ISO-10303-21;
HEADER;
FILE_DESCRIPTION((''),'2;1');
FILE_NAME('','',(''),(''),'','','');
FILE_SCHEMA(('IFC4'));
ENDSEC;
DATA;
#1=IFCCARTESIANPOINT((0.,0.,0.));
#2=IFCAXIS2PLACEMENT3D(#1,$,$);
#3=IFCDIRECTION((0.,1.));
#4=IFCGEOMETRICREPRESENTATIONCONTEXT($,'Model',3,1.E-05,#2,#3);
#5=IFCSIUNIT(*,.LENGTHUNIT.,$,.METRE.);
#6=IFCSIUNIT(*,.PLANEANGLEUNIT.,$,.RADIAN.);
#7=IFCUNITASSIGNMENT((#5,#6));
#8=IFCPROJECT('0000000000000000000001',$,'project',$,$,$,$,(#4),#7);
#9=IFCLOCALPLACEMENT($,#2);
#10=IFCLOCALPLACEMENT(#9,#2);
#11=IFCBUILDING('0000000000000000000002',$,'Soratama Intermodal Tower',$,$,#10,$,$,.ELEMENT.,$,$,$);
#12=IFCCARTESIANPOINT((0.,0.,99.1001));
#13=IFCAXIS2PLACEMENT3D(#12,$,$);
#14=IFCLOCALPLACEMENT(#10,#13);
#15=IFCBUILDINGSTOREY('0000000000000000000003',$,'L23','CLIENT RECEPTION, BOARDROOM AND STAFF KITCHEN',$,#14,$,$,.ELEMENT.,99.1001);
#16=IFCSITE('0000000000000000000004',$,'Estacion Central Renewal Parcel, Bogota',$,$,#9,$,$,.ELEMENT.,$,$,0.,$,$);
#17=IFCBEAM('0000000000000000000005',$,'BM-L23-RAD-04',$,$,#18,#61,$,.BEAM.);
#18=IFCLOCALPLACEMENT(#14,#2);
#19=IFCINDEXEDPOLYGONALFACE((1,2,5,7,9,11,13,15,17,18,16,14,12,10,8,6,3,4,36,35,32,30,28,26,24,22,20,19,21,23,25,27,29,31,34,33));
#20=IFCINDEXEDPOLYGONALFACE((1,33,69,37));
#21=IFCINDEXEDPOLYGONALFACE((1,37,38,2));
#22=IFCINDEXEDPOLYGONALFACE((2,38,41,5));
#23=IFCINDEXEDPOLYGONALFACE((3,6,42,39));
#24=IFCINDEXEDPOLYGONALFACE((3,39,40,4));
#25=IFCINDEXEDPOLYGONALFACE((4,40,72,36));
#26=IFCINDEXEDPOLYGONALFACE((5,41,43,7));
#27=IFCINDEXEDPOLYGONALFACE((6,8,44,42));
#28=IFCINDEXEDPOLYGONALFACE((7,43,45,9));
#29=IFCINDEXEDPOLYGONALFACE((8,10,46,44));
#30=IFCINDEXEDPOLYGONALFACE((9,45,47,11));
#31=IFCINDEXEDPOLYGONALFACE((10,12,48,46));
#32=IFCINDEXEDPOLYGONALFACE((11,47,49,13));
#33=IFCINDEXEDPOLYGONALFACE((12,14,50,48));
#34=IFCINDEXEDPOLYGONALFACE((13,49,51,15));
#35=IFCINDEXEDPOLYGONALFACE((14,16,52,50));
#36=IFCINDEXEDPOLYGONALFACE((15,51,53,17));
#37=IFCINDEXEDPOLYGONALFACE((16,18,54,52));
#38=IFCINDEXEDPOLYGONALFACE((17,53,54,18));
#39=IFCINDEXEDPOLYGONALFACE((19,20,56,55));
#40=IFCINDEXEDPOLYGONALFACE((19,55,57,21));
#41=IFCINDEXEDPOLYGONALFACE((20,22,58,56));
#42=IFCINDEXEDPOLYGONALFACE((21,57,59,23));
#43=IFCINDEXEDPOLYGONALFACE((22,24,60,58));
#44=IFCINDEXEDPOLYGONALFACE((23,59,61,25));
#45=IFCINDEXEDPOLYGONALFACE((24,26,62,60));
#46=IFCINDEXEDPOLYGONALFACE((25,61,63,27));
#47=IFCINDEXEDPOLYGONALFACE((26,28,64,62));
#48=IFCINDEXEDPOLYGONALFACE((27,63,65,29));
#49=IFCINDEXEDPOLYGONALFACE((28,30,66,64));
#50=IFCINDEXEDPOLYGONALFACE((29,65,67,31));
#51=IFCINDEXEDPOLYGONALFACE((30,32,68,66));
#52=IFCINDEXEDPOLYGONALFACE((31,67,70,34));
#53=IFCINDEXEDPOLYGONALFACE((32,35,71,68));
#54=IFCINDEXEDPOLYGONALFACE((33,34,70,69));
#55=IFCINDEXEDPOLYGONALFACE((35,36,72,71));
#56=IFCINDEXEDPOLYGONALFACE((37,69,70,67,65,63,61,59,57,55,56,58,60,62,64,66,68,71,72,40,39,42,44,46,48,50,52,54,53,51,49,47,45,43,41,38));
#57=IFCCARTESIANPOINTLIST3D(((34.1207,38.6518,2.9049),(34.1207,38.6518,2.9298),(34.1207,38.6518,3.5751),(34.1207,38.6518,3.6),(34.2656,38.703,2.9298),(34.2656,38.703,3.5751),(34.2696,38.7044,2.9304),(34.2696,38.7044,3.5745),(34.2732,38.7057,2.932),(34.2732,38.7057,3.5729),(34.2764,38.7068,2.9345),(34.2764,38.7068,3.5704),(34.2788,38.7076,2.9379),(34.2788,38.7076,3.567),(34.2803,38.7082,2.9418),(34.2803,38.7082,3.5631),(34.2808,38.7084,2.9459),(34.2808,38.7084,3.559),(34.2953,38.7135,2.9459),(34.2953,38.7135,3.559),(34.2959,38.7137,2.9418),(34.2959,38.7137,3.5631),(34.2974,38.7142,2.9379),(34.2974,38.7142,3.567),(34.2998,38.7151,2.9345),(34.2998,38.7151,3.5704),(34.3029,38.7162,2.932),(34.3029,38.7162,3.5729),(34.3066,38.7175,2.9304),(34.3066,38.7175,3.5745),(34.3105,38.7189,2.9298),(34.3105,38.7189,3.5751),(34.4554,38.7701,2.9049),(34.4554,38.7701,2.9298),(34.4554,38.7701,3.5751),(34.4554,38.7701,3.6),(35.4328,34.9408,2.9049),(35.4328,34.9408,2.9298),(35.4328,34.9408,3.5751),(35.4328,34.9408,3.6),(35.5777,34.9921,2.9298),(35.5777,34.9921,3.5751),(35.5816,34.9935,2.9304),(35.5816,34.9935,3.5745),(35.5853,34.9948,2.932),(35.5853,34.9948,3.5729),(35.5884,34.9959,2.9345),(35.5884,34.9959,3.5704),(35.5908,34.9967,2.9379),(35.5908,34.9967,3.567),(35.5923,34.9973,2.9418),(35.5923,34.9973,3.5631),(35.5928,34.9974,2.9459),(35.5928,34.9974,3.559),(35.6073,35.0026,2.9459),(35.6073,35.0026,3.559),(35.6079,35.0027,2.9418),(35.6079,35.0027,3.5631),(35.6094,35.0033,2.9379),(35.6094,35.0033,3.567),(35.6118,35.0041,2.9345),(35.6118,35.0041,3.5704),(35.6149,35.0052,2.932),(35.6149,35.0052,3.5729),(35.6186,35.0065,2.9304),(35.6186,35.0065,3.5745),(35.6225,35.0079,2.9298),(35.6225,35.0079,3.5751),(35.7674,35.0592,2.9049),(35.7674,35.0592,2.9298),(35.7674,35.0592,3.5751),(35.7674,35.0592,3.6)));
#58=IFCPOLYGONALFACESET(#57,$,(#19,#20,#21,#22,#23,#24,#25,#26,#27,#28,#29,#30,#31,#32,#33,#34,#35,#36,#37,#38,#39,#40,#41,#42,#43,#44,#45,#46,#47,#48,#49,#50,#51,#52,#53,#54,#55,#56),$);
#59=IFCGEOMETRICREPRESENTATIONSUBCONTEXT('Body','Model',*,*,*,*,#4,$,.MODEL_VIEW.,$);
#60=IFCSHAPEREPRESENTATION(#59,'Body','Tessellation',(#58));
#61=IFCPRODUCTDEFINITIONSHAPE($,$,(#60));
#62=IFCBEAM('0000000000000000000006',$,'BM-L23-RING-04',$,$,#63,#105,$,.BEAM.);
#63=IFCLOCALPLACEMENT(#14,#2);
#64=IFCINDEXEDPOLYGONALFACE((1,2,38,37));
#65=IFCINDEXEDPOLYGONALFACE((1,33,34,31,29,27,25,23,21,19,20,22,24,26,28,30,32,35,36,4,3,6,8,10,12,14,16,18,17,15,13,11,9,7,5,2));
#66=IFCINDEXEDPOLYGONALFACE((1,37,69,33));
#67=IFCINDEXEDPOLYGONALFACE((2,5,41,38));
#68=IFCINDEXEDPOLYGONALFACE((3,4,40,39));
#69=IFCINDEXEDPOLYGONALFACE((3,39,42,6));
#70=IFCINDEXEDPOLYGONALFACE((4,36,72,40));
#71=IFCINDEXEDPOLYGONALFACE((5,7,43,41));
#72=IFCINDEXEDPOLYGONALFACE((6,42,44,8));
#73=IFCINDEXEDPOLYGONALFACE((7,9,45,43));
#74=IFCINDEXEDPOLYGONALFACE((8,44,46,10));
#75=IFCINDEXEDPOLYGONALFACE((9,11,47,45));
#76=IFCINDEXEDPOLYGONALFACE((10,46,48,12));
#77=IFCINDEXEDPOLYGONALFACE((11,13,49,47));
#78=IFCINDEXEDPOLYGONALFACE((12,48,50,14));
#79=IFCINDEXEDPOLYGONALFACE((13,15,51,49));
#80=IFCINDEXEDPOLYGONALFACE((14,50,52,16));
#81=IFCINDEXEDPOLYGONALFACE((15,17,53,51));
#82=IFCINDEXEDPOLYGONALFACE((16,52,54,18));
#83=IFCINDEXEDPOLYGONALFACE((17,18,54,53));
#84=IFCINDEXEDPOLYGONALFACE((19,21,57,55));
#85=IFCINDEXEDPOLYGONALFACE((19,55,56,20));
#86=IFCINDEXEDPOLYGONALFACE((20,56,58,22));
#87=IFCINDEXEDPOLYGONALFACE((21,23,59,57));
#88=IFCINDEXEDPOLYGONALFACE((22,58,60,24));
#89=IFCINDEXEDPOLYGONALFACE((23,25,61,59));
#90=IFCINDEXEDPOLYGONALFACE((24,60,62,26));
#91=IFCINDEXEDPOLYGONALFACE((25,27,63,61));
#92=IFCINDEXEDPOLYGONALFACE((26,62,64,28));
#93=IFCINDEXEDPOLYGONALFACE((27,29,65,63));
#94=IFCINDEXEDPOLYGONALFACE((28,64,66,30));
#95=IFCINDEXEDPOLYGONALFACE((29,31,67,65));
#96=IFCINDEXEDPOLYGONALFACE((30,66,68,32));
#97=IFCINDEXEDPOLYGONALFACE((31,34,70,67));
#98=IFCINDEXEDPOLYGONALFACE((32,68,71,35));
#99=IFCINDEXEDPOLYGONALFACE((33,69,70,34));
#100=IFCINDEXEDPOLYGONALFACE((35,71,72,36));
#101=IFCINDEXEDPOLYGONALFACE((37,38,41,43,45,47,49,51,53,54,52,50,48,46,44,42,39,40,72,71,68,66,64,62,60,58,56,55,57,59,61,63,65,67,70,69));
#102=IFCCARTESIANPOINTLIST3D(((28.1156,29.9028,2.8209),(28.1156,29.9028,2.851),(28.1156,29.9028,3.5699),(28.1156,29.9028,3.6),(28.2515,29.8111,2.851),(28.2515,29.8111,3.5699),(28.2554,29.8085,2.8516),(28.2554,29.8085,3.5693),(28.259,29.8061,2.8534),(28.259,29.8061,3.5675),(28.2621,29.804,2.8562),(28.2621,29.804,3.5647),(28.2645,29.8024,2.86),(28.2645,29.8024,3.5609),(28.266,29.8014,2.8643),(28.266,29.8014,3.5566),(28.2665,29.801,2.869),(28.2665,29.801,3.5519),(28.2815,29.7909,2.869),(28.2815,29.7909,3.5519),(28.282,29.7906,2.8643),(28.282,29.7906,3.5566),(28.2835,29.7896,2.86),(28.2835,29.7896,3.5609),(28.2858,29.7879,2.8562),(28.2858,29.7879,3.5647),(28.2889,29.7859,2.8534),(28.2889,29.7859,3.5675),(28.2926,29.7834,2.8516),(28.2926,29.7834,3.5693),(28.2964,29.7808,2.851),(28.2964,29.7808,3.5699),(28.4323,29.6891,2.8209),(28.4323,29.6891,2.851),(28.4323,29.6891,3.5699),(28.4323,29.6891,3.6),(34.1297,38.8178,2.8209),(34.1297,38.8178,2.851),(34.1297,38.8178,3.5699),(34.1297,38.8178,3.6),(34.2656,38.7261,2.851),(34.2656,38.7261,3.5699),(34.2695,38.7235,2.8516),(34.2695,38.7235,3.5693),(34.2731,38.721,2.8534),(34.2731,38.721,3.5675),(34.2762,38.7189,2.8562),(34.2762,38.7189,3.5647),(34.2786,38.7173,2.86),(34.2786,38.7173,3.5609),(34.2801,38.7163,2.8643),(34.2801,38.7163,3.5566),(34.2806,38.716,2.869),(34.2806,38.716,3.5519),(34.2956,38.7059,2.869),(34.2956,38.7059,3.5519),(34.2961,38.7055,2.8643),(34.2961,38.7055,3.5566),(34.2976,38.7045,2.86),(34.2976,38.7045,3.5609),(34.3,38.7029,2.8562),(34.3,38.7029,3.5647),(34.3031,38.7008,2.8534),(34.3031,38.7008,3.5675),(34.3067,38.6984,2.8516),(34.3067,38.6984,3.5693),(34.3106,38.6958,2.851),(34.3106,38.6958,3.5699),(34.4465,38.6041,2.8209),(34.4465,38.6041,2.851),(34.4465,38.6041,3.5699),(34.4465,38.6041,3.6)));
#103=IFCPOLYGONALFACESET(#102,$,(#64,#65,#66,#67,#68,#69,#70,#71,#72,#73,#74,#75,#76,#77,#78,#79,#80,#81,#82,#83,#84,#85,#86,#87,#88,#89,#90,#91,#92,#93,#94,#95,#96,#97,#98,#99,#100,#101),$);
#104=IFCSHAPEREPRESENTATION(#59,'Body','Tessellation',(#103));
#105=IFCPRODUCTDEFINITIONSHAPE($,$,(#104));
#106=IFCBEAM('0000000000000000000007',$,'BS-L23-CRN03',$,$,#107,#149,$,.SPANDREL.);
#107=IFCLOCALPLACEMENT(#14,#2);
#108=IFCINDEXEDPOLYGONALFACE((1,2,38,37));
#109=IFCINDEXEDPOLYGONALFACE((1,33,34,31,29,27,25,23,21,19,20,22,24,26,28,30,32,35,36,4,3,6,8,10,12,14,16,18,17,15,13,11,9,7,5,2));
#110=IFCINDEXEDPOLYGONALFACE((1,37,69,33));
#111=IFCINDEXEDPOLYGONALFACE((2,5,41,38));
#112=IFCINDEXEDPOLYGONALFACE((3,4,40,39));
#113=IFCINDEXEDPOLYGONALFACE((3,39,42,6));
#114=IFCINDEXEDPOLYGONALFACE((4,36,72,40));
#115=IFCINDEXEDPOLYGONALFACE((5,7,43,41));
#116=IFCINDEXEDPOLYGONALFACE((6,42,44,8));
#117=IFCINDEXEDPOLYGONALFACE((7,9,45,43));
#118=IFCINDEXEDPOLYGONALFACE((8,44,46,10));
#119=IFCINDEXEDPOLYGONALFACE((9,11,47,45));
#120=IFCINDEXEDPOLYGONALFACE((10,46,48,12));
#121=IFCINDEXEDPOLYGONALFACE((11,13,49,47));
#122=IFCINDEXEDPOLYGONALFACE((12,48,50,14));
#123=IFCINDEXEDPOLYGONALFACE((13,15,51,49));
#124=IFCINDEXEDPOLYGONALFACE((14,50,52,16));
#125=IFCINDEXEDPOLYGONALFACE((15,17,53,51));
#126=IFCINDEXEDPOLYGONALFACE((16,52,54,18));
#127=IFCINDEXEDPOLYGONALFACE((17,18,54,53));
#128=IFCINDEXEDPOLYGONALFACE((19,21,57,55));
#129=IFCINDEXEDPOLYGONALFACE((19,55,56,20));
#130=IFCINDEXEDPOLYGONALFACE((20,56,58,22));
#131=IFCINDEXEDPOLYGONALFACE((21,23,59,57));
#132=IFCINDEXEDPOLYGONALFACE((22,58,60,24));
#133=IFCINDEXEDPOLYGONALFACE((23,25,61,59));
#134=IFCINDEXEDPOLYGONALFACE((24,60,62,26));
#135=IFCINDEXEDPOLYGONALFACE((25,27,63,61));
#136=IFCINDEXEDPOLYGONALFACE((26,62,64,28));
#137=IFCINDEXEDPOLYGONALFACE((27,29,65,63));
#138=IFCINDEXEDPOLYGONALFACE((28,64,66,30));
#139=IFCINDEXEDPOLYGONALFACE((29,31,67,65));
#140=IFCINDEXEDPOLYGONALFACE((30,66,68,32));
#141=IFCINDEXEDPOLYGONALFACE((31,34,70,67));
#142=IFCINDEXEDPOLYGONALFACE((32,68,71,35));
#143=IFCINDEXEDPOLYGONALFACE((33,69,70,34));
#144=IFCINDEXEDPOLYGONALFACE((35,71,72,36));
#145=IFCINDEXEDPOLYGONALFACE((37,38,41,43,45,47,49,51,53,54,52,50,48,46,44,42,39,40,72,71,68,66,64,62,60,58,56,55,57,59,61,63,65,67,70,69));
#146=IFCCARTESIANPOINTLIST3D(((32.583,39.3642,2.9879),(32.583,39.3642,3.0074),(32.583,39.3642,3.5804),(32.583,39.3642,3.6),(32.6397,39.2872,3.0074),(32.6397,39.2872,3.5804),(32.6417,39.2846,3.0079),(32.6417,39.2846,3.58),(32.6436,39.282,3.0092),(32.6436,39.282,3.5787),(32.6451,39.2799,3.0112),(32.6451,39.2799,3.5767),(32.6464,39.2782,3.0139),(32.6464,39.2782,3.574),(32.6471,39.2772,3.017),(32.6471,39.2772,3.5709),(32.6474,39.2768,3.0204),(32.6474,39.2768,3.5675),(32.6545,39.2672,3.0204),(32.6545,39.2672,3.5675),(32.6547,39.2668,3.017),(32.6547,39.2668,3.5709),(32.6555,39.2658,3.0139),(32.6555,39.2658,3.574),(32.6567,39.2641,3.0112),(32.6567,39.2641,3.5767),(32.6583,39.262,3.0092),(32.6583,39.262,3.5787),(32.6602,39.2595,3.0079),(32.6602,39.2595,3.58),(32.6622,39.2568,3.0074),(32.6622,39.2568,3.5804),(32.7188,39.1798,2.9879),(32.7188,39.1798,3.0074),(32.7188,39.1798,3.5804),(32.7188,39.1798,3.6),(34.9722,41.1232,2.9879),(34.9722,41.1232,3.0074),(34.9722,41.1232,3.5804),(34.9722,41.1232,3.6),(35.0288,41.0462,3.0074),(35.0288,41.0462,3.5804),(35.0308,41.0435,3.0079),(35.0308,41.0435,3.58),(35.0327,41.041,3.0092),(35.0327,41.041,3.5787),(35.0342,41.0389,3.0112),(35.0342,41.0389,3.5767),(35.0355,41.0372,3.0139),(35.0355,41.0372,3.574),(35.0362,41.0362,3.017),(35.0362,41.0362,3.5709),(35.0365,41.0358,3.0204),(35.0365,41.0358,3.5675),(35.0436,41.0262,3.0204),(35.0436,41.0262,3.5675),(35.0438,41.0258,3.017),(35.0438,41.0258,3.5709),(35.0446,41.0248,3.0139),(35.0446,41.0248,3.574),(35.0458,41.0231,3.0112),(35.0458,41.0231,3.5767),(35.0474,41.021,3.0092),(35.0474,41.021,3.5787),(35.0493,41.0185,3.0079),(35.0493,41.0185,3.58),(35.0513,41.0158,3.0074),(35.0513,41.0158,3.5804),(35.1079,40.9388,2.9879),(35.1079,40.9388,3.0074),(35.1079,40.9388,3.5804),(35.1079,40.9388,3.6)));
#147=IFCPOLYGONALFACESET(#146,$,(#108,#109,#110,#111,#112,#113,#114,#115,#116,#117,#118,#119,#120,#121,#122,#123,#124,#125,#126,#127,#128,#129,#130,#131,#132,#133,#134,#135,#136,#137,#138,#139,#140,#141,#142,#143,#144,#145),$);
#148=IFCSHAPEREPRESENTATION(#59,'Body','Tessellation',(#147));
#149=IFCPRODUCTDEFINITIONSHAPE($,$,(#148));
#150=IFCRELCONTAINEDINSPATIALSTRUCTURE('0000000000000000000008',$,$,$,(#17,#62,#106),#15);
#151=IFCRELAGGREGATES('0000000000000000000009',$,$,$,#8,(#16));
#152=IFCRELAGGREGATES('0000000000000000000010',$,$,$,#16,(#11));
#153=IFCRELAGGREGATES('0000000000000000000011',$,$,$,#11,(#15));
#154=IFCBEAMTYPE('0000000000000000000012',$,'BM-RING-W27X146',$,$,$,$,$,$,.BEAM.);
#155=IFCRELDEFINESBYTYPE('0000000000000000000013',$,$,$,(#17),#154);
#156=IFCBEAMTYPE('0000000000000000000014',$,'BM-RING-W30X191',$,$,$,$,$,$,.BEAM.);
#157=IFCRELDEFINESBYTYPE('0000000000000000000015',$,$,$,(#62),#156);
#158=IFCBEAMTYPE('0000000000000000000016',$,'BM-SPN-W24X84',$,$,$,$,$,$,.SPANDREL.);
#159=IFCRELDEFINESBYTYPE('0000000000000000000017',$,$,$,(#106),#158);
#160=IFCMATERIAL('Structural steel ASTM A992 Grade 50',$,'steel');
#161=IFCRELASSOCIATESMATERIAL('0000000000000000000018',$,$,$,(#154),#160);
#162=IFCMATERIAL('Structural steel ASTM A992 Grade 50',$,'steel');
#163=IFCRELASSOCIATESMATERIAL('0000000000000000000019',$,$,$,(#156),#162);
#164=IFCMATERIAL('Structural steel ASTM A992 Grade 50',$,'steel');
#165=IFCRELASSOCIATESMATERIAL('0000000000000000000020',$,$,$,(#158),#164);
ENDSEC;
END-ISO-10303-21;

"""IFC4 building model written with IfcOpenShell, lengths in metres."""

from ifc_helpers import new_model, si_unit, direction, frame, origin, origin_2d, place, context, subcontext, project, spatial, i_section, extrude, material, material_profile, profile_set, type_object, element, save


model = new_model("IFC4")

# Units and contexts
model_context = context("Model", 3, precision=1e-05, world=origin(), true_north=direction((0.0, 1.0)))
body_context = subcontext(model_context, "Body", "Model", "MODEL_VIEW")
ifc_project = project(units=[si_unit("LENGTHUNIT", "METRE"), si_unit("PLANEANGLEUNIT", "RADIAN")], contexts=[model_context])

# Site, building, storey
site_placement = place(None, origin())
site = spatial("IfcSite", under=ifc_project, at=site_placement, Name="Estacion Central Renewal Parcel, Bogota", CompositionType="ELEMENT", RefElevation=0.0)
building_placement = place(site_placement, origin())
building = spatial("IfcBuilding", under=site, at=building_placement, Name="Soratama Intermodal Tower", CompositionType="ELEMENT")
storey_placement = place(building_placement, frame((0.0, 0.0, 99.1001)))
storey = spatial("IfcBuildingStorey", under=building, at=storey_placement, Name="L23", Description="CLIENT RECEPTION, BOARDROOM AND STAFF KITCHEN", CompositionType="ELEMENT", Elevation=99.1001)

# Beams
ifc_material_1 = material(Name="Structural steel ASTM A992 Grade 50", Category="steel")
ifc_material_profile_1 = material_profile(ifc_material_1, i_section(OverallWidth=0.355, OverallDepth=0.6951, WebThickness=0.0154, FlangeThickness=0.0249, FilletRadius=0.0161, at=origin_2d()), Name="W27X146")
ifc_profile_set_1 = profile_set([ifc_material_profile_1], Name="Structural steel ASTM A992 Grade 50")
beam_type_1 = type_object("IfcBeamType", Name="BM-RING-W27X146", PredefinedType="BEAM", material=ifc_profile_set_1)
beam_1_placement = place(storey_placement, frame((35.6001, 35.0, 3.2524), z_axis=(-0.333333, 0.942809, 0.0), x_axis=(-0.942809, -0.333333, 0.0)))
element("IfcBeam", 1, at=beam_1_placement, inside=storey, type_object=beam_type_1, Name="BM-L23-RAD-04", PredefinedType="BEAM", context=body_context, shape_type="SweptSolid", body=[
    extrude(i_section(OverallWidth=0.355, OverallDepth=0.6951, WebThickness=0.0154, FlangeThickness=0.0249, FilletRadius=0.0161, at=origin_2d()), origin(), (0.0, 0.0, 1.0), 3.936),
])
ifc_material_2 = material(Name="Structural steel ASTM A992 Grade 50", Category="steel")
ifc_material_profile_2 = material_profile(ifc_material_2, i_section(OverallWidth=0.3821, OverallDepth=0.7791, WebThickness=0.0181, FlangeThickness=0.03, FilletRadius=0.0181, at=origin_2d()), Name="W30X191")
ifc_profile_set_2 = profile_set([ifc_material_profile_2], Name="Structural steel ASTM A992 Grade 50")
beam_type_2 = type_object("IfcBeamType", Name="BM-RING-W30X191", PredefinedType="BEAM", material=ifc_profile_set_2)
beam_2_placement = place(storey_placement, frame((34.2881, 38.7109, 3.2104), z_axis=(-0.55925, -0.828999, 0.0), x_axis=(0.828999, -0.55925, 0.0)))
element("IfcBeam", 2, at=beam_2_placement, inside=storey, type_object=beam_type_2, Name="BM-L23-RING-04", PredefinedType="BEAM", context=body_context, shape_type="SweptSolid", body=[
    extrude(i_section(OverallWidth=0.3821, OverallDepth=0.7791, WebThickness=0.0181, FlangeThickness=0.03, FilletRadius=0.0181, at=origin_2d()), origin(), (0.0, 0.0, 1.0), 10.7539),
])
ifc_material_3 = material(Name="Structural steel ASTM A992 Grade 50", Category="steel")
ifc_material_profile_3 = material_profile(ifc_material_3, i_section(OverallWidth=0.229, OverallDepth=0.6121, WebThickness=0.012, FlangeThickness=0.0195, FilletRadius=0.0129, at=origin_2d()), Name="W24X84")
ifc_profile_set_3 = profile_set([ifc_material_profile_3], Name="Structural steel ASTM A992 Grade 50")
beam_type_3 = type_object("IfcBeamType", Name="BM-SPN-W24X84", PredefinedType="SPANDREL", material=ifc_profile_set_3)
beam_3_placement = place(storey_placement, frame((35.04, 41.031, 3.2939), z_axis=(-0.805281, -0.592893, 0.0), x_axis=(0.592893, -0.805281, 0.0)))
element("IfcBeam", 3, at=beam_3_placement, inside=storey, type_object=beam_type_3, Name="BS-L23-CRN03", PredefinedType="SPANDREL", context=body_context, shape_type="SweptSolid", body=[
    extrude(i_section(OverallWidth=0.229, OverallDepth=0.6121, WebThickness=0.012, FlangeThickness=0.0195, FilletRadius=0.0129, at=origin_2d()), origin(), (0.0, 0.0, 1.0), 2.9668),
])

save(model, "model.ifc")
